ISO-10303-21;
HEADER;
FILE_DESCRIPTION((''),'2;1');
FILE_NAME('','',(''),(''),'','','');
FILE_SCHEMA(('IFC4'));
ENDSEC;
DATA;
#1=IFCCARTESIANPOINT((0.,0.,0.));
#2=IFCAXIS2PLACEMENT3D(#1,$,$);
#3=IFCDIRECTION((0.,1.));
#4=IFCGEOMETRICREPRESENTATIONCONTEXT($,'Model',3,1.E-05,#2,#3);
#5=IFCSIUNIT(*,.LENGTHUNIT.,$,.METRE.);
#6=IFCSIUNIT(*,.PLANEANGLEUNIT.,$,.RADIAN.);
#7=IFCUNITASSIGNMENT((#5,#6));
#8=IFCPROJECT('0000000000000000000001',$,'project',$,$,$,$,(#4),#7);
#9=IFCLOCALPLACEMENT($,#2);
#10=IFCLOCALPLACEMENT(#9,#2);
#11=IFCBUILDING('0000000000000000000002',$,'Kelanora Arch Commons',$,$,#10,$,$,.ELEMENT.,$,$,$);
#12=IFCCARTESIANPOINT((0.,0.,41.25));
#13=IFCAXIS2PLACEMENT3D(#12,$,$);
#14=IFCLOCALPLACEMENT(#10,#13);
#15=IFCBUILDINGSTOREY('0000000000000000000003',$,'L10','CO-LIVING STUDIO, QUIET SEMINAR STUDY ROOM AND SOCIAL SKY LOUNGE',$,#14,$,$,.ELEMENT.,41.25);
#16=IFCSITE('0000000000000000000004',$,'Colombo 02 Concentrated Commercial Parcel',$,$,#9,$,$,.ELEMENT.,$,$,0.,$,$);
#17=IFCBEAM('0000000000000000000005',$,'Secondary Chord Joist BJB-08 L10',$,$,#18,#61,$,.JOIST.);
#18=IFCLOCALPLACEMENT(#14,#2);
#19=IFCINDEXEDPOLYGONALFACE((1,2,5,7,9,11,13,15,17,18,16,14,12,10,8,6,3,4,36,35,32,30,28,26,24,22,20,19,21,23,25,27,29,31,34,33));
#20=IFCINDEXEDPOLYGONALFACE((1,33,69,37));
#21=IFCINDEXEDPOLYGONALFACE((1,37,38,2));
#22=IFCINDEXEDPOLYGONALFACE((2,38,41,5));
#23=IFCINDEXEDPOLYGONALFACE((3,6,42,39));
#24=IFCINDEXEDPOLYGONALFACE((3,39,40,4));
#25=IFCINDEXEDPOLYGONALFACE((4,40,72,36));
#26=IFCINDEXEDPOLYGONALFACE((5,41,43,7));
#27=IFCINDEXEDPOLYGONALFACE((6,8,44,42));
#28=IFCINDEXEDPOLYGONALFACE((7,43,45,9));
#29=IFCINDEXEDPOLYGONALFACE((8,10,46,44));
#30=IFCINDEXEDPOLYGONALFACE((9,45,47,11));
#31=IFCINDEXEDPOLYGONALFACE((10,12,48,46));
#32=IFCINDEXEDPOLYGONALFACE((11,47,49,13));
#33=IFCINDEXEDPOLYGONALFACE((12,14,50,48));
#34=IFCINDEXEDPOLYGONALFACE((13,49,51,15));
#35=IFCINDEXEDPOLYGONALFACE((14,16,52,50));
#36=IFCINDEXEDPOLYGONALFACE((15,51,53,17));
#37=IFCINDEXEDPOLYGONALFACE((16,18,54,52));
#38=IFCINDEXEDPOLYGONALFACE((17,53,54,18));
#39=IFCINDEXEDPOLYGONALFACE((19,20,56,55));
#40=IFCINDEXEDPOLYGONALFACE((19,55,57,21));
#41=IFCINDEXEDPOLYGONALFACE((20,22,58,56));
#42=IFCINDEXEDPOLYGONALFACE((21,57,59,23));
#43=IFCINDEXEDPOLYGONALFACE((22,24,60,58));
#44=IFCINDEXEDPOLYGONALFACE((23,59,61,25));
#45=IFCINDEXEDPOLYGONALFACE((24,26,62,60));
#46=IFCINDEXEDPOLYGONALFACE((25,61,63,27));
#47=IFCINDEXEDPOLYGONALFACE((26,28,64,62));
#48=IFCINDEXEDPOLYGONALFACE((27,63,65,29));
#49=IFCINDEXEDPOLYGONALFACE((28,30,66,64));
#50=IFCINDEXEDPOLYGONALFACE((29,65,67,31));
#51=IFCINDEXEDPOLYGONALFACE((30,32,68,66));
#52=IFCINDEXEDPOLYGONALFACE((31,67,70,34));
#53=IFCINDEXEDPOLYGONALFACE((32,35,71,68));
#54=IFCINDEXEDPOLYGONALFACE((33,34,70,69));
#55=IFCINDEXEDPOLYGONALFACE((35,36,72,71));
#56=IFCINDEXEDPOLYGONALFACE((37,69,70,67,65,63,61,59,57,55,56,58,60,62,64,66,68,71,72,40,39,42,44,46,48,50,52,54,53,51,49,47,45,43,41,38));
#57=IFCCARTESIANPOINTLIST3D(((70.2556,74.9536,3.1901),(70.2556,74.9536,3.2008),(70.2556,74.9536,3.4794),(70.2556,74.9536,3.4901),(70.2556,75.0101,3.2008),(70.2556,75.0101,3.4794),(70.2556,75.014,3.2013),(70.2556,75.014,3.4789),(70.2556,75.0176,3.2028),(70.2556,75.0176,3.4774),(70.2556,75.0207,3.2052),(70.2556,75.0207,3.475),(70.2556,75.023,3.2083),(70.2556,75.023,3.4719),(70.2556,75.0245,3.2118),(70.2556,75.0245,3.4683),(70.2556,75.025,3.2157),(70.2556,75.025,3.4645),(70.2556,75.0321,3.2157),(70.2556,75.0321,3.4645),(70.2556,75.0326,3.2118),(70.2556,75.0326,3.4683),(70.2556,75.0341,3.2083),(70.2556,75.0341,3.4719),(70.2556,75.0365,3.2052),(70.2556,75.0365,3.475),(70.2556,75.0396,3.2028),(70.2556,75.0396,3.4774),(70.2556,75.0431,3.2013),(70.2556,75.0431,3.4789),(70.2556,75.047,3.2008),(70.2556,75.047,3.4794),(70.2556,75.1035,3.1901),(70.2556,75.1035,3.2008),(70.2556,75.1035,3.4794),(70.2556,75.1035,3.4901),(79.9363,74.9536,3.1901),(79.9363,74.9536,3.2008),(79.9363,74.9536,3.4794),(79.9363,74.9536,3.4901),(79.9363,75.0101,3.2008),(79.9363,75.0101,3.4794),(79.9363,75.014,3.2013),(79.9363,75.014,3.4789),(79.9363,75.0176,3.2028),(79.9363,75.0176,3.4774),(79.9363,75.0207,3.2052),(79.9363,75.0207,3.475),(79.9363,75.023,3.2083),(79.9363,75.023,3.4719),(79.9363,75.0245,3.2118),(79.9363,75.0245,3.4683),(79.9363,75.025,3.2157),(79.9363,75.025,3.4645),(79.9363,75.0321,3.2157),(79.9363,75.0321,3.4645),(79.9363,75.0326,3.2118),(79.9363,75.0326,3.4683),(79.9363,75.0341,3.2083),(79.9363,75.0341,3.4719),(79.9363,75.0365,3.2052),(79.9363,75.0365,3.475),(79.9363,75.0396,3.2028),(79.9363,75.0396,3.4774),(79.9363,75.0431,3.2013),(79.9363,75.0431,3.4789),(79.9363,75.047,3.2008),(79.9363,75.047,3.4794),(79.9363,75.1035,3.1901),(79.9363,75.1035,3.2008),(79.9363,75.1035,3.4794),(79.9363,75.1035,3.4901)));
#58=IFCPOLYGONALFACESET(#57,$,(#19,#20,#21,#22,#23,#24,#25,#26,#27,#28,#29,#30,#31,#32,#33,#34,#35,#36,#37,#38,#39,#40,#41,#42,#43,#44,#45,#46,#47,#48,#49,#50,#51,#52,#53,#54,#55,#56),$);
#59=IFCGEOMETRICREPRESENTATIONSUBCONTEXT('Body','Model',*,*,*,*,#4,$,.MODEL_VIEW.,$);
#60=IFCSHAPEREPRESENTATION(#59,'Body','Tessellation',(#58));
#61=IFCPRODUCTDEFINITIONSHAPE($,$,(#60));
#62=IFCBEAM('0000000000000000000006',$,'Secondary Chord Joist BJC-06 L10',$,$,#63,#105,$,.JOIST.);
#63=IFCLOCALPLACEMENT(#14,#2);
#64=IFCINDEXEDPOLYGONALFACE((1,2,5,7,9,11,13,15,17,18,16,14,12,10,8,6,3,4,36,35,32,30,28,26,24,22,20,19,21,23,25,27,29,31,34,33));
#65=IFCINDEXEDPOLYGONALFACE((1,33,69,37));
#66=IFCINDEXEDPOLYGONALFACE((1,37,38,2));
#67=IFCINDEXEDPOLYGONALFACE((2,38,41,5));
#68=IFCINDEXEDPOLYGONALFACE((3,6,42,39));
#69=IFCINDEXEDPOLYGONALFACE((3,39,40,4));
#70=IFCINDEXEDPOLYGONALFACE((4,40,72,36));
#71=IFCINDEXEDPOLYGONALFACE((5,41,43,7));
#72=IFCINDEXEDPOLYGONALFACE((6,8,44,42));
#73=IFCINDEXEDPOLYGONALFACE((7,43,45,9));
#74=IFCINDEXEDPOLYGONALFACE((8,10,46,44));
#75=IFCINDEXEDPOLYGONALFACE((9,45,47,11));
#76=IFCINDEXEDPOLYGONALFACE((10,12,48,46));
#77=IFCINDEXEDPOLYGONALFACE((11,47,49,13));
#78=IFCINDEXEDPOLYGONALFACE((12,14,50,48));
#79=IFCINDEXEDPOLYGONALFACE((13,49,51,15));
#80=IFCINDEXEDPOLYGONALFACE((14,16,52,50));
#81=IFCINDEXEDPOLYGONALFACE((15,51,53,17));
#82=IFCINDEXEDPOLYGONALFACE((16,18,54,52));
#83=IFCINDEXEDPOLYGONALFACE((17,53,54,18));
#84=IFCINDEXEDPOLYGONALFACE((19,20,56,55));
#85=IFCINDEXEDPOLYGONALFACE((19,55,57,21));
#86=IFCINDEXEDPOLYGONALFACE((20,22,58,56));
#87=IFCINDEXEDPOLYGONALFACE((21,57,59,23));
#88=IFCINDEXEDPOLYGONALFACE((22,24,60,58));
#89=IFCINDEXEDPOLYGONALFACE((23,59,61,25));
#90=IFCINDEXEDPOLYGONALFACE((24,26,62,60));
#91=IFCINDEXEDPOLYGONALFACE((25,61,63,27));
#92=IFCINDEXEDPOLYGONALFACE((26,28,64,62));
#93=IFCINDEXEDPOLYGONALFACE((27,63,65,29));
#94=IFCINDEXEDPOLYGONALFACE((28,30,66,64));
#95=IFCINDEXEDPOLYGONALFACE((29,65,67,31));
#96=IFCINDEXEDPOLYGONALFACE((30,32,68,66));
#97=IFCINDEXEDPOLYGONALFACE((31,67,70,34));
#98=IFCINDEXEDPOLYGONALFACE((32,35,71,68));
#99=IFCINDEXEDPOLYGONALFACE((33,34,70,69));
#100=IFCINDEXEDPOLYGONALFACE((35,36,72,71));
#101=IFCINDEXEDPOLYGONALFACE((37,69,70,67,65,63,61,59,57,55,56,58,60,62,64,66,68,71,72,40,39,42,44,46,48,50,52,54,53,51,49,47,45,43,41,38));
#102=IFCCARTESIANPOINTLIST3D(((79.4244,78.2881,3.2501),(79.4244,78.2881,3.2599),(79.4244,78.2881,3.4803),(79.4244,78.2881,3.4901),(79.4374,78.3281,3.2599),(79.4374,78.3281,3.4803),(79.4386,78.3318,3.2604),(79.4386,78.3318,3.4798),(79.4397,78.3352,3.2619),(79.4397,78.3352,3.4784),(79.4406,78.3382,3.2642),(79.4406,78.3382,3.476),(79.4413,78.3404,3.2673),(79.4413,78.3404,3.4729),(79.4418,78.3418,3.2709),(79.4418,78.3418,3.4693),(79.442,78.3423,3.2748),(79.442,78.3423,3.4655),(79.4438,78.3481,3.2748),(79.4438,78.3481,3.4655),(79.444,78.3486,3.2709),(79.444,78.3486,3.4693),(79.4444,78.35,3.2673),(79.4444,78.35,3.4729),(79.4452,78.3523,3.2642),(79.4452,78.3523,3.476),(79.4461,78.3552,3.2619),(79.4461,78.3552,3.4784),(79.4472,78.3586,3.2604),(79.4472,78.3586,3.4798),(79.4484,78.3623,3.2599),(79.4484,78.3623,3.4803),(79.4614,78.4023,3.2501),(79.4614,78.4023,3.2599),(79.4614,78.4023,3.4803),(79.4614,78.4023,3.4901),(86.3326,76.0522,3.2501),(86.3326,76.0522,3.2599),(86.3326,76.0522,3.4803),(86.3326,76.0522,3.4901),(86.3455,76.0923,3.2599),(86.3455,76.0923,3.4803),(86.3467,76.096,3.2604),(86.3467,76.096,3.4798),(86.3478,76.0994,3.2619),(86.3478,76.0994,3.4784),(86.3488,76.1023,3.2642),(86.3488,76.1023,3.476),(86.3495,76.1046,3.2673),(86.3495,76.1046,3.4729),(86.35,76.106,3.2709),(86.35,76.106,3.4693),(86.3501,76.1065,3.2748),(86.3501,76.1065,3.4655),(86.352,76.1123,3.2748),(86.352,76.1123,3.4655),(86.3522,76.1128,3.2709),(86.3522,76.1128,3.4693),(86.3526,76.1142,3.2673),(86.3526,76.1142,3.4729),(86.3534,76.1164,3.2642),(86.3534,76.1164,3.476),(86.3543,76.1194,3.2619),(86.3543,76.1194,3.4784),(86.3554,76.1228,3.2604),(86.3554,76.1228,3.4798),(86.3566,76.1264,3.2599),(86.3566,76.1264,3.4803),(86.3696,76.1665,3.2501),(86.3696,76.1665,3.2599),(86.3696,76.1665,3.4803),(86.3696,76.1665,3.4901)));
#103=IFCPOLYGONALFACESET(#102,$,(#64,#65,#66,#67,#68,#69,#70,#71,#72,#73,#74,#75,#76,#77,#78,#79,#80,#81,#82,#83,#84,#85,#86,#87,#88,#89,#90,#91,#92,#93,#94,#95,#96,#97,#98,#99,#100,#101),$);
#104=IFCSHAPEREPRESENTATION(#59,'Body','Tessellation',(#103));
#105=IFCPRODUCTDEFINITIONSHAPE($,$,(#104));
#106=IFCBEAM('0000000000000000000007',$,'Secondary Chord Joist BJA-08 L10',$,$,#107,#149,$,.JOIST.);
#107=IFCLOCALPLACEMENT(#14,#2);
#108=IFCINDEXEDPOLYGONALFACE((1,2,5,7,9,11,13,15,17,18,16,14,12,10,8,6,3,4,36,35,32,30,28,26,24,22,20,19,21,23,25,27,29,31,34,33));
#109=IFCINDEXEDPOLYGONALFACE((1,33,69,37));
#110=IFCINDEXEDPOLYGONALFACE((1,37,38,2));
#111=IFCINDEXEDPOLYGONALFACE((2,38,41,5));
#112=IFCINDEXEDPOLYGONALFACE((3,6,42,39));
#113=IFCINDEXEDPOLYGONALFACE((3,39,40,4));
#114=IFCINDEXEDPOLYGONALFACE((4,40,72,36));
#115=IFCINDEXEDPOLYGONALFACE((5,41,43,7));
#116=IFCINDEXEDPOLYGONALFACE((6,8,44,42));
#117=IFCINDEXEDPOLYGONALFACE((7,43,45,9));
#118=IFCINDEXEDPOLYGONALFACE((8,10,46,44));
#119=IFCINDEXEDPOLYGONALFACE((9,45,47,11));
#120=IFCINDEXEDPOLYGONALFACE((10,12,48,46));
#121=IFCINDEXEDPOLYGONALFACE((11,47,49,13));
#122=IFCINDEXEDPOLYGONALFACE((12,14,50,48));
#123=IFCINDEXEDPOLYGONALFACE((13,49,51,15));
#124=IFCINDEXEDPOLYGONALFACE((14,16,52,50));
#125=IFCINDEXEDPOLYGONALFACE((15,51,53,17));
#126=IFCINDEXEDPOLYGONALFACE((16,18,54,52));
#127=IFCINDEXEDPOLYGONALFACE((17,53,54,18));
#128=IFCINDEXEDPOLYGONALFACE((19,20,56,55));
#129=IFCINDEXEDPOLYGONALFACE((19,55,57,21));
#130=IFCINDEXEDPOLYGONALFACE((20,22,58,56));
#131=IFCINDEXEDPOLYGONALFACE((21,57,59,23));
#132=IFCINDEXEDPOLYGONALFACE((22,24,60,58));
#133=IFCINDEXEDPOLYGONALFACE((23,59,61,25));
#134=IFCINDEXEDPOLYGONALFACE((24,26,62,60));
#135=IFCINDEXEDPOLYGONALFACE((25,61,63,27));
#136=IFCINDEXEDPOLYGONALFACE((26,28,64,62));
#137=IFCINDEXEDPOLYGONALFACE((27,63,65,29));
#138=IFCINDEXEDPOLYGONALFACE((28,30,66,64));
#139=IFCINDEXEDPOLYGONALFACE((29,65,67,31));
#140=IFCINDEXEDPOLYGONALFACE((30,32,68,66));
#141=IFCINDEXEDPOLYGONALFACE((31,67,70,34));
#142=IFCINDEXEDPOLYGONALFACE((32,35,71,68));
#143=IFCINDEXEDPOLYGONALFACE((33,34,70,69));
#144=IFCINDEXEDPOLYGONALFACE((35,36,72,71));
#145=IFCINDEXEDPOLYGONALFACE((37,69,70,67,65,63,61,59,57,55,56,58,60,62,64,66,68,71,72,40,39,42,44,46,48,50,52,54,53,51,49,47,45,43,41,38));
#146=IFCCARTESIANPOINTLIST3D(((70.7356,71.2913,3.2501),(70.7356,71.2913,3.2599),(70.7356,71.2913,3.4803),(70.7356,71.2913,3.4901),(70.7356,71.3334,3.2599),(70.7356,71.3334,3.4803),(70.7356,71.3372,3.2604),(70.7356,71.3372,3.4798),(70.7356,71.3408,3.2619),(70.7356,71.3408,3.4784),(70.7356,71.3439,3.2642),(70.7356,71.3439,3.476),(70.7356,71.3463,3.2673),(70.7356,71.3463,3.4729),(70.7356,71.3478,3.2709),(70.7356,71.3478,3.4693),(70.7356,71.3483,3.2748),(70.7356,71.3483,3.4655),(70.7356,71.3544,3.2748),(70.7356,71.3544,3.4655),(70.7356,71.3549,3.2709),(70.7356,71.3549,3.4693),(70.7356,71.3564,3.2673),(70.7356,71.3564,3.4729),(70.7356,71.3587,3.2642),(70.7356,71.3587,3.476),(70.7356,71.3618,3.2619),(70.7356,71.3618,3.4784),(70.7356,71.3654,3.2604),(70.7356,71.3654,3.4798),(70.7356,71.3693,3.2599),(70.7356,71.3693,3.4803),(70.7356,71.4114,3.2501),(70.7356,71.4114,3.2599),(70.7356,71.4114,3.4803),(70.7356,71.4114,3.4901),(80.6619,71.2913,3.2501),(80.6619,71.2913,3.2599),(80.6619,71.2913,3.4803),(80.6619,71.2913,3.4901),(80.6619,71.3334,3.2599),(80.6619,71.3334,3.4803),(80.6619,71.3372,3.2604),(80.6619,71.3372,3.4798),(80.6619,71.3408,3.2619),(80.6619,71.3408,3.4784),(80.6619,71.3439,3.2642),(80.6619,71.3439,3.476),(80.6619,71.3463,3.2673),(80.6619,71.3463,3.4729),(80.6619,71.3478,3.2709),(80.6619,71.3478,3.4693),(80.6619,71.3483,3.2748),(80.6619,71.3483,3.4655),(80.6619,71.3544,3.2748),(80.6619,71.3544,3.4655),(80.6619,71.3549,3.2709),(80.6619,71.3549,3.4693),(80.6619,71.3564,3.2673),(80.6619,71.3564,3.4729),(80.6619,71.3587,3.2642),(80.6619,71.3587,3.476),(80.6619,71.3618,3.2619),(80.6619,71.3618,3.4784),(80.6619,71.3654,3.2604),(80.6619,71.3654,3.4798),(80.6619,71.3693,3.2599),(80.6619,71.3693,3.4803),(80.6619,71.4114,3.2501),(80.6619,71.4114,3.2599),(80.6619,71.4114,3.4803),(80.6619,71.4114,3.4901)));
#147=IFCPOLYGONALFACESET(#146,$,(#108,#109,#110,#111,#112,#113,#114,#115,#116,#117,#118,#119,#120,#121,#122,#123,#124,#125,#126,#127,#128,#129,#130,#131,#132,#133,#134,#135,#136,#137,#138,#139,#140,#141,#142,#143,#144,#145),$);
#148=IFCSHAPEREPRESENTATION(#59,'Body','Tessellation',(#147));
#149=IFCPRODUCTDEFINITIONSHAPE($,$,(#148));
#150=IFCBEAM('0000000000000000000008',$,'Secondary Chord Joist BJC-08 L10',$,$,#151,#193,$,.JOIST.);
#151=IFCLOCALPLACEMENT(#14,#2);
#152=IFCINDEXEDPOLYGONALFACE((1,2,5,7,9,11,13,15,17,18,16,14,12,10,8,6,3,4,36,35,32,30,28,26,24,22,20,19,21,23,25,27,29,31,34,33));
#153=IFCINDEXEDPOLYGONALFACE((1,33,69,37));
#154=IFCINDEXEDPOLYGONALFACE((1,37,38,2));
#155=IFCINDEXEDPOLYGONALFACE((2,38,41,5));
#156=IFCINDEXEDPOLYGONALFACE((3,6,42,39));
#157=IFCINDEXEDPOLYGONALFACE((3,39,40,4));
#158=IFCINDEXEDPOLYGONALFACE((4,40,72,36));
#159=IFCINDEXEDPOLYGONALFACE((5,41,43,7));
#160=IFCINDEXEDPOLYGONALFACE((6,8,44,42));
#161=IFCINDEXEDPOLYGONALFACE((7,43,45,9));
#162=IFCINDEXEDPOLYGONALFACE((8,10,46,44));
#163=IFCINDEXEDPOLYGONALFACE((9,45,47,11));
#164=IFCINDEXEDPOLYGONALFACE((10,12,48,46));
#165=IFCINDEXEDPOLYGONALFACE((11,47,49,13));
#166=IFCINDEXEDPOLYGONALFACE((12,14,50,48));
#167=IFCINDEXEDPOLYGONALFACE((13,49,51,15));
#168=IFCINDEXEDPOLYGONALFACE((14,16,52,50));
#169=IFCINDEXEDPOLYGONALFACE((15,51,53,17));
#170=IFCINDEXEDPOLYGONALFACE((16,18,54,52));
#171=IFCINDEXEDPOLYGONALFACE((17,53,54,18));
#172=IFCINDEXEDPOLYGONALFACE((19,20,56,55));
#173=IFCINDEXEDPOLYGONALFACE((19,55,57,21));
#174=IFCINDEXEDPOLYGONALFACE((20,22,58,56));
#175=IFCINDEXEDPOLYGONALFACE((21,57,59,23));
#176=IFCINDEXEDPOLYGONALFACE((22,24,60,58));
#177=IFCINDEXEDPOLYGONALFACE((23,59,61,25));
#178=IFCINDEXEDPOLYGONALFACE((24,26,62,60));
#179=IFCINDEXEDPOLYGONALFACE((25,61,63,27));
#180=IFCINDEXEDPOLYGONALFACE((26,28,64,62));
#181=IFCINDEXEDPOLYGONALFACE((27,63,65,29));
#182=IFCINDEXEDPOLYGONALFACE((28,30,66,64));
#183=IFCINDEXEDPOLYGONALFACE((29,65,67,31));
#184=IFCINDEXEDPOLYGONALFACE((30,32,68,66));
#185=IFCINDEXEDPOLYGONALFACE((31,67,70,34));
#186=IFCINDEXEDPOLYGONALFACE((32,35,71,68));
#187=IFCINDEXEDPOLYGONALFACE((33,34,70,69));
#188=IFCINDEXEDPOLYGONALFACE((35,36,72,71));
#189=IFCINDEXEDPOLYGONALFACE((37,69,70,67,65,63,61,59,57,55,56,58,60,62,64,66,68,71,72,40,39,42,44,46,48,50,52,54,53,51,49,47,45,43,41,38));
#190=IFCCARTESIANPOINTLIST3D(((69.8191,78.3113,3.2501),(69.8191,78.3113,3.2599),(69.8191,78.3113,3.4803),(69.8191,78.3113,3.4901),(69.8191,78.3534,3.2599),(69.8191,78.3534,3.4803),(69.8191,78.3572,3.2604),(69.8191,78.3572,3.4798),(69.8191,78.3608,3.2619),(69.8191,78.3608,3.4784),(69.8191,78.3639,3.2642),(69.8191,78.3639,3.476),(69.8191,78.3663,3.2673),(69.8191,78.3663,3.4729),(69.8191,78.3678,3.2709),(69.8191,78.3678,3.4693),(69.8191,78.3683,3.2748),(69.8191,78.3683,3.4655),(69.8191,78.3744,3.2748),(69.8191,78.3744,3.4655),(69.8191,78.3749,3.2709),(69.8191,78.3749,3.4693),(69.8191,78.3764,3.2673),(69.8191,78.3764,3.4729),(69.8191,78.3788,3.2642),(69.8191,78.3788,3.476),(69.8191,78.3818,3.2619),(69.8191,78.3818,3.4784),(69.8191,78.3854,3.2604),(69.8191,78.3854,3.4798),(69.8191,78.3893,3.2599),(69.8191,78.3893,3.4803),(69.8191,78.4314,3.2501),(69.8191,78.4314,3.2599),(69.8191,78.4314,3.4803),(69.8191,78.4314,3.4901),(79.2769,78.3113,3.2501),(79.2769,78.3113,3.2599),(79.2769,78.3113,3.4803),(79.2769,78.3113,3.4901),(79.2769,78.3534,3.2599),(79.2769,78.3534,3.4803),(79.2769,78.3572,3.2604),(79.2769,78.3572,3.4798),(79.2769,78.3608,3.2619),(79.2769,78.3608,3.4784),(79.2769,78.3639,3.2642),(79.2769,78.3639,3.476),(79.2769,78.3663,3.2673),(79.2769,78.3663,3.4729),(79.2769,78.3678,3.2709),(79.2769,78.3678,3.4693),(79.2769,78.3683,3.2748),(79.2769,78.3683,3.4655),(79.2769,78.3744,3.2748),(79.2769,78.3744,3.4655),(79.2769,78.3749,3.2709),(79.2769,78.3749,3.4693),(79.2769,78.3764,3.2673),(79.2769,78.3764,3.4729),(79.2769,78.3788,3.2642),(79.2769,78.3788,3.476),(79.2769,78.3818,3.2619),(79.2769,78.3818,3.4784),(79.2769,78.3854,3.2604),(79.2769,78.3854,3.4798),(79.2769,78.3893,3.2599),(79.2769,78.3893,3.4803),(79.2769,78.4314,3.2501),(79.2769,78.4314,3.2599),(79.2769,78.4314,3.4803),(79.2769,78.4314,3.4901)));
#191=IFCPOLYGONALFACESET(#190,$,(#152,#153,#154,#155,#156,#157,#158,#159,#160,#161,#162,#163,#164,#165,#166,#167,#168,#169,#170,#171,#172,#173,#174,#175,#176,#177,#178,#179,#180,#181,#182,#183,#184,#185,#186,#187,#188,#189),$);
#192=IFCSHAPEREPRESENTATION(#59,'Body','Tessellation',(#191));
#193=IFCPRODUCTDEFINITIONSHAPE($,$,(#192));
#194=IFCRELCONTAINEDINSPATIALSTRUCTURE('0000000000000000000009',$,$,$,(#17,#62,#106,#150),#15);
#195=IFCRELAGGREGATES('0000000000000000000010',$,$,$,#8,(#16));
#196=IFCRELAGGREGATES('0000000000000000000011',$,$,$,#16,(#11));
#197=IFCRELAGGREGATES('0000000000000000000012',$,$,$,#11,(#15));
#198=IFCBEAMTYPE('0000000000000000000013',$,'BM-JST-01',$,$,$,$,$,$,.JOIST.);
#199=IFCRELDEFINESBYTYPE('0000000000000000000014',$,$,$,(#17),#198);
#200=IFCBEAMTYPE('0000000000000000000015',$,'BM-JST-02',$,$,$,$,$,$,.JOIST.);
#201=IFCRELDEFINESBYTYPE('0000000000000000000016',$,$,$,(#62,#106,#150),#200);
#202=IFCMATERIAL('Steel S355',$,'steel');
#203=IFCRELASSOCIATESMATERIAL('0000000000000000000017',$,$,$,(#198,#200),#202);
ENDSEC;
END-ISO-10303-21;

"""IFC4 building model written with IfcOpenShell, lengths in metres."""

from ifc_helpers import new_model, si_unit, direction, frame, origin, origin_2d, place, context, subcontext, project, spatial, i_section, extrude, material, material_profile, profile_set, type_object, element, save


model = new_model("IFC4")

# Units and contexts
model_context = context("Model", 3, precision=1e-05, world=origin(), true_north=direction((0.0, 1.0)))
body_context = subcontext(model_context, "Body", "Model", "MODEL_VIEW")
ifc_project = project(units=[si_unit("LENGTHUNIT", "METRE"), si_unit("PLANEANGLEUNIT", "RADIAN")], contexts=[model_context])

# Site, building, storey
site_placement = place(None, origin())
site = spatial("IfcSite", under=ifc_project, at=site_placement, Name="Colombo 02 Concentrated Commercial Parcel", CompositionType="ELEMENT", RefElevation=0.0)
building_placement = place(site_placement, origin())
building = spatial("IfcBuilding", under=site, at=building_placement, Name="Kelanora Arch Commons", CompositionType="ELEMENT")
storey_placement = place(building_placement, frame((0.0, 0.0, 41.25)))
storey = spatial("IfcBuildingStorey", under=building, at=storey_placement, Name="L10", Description="CO-LIVING STUDIO, QUIET SEMINAR STUDY ROOM AND SOCIAL SKY LOUNGE", CompositionType="ELEMENT", Elevation=41.25)

# Beams
ifc_material_1 = material(Name="Steel S355", Category="steel")
ifc_material_profile_1 = material_profile(ifc_material_1, i_section(OverallWidth=0.1499, OverallDepth=0.3, WebThickness=0.0071, FlangeThickness=0.0107, FilletRadius=0.0149, at=origin_2d()), Name="IPE300")
ifc_profile_set_1 = profile_set([ifc_material_profile_1], Name="Steel S355")
beam_type_1 = type_object("IfcBeamType", Name="BM-JST-01", PredefinedType="JOIST", material=ifc_profile_set_1)
beam_1_placement = place(storey_placement, frame((79.9363, 75.0286, 3.3401), z_axis=(-1.0, 0.0, 0.0), x_axis=(0.0, -1.0, 0.0)))
element("IfcBeam", 1, at=beam_1_placement, inside=storey, type_object=beam_type_1, Name="Secondary Chord Joist BJB-08 L10", PredefinedType="JOIST", context=body_context, shape_type="SweptSolid", body=[
    extrude(i_section(OverallWidth=0.1499, OverallDepth=0.3, WebThickness=0.0071, FlangeThickness=0.0107, FilletRadius=0.0149, at=origin_2d()), origin(), (0.0, 0.0, 1.0), 9.6807),
])
ifc_material_profile_2 = material_profile(ifc_material_1, i_section(OverallWidth=0.1201, OverallDepth=0.24, WebThickness=0.0061, FlangeThickness=0.0098, FilletRadius=0.0149, at=origin_2d()), Name="IPE240")
ifc_profile_set_2 = profile_set([ifc_material_profile_2], Name="Steel S355")
beam_type_2 = type_object("IfcBeamType", Name="BM-JST-02", PredefinedType="JOIST", material=ifc_profile_set_2)
beam_2_placement = place(storey_placement, frame((86.3511, 76.1094, 3.3701), z_axis=(-0.951411, 0.307924, 0.0), x_axis=(-0.307924, -0.951411, 0.0)))
element("IfcBeam", 2, at=beam_2_placement, inside=storey, type_object=beam_type_2, Name="Secondary Chord Joist BJC-06 L10", PredefinedType="JOIST", context=body_context, shape_type="SweptSolid", body=[
    extrude(i_section(OverallWidth=0.1201, OverallDepth=0.24, WebThickness=0.0061, FlangeThickness=0.0098, FilletRadius=0.0149, at=origin_2d()), origin(), (0.0, 0.0, 1.0), 7.261),
])
beam_3_placement = place(storey_placement, frame((80.6619, 71.3513, 3.3701), z_axis=(-1.0, 0.0, 0.0), x_axis=(0.0, -1.0, 0.0)))
element("IfcBeam", 3, at=beam_3_placement, inside=storey, type_object=beam_type_2, Name="Secondary Chord Joist BJA-08 L10", PredefinedType="JOIST", context=body_context, shape_type="SweptSolid", body=[
    extrude(i_section(OverallWidth=0.1201, OverallDepth=0.24, WebThickness=0.0061, FlangeThickness=0.0098, FilletRadius=0.0149, at=origin_2d()), origin(), (0.0, 0.0, 1.0), 9.9263),
])
beam_4_placement = place(storey_placement, frame((79.2769, 78.3713, 3.3701), z_axis=(-1.0, 0.0, 0.0), x_axis=(0.0, -1.0, 0.0)))
element("IfcBeam", 4, at=beam_4_placement, inside=storey, type_object=beam_type_2, Name="Secondary Chord Joist BJC-08 L10", PredefinedType="JOIST", context=body_context, shape_type="SweptSolid", body=[
    extrude(i_section(OverallWidth=0.1201, OverallDepth=0.24, WebThickness=0.0061, FlangeThickness=0.0098, FilletRadius=0.0149, at=origin_2d()), origin(), (0.0, 0.0, 1.0), 9.4578),
])

save(model, "model.ifc")
